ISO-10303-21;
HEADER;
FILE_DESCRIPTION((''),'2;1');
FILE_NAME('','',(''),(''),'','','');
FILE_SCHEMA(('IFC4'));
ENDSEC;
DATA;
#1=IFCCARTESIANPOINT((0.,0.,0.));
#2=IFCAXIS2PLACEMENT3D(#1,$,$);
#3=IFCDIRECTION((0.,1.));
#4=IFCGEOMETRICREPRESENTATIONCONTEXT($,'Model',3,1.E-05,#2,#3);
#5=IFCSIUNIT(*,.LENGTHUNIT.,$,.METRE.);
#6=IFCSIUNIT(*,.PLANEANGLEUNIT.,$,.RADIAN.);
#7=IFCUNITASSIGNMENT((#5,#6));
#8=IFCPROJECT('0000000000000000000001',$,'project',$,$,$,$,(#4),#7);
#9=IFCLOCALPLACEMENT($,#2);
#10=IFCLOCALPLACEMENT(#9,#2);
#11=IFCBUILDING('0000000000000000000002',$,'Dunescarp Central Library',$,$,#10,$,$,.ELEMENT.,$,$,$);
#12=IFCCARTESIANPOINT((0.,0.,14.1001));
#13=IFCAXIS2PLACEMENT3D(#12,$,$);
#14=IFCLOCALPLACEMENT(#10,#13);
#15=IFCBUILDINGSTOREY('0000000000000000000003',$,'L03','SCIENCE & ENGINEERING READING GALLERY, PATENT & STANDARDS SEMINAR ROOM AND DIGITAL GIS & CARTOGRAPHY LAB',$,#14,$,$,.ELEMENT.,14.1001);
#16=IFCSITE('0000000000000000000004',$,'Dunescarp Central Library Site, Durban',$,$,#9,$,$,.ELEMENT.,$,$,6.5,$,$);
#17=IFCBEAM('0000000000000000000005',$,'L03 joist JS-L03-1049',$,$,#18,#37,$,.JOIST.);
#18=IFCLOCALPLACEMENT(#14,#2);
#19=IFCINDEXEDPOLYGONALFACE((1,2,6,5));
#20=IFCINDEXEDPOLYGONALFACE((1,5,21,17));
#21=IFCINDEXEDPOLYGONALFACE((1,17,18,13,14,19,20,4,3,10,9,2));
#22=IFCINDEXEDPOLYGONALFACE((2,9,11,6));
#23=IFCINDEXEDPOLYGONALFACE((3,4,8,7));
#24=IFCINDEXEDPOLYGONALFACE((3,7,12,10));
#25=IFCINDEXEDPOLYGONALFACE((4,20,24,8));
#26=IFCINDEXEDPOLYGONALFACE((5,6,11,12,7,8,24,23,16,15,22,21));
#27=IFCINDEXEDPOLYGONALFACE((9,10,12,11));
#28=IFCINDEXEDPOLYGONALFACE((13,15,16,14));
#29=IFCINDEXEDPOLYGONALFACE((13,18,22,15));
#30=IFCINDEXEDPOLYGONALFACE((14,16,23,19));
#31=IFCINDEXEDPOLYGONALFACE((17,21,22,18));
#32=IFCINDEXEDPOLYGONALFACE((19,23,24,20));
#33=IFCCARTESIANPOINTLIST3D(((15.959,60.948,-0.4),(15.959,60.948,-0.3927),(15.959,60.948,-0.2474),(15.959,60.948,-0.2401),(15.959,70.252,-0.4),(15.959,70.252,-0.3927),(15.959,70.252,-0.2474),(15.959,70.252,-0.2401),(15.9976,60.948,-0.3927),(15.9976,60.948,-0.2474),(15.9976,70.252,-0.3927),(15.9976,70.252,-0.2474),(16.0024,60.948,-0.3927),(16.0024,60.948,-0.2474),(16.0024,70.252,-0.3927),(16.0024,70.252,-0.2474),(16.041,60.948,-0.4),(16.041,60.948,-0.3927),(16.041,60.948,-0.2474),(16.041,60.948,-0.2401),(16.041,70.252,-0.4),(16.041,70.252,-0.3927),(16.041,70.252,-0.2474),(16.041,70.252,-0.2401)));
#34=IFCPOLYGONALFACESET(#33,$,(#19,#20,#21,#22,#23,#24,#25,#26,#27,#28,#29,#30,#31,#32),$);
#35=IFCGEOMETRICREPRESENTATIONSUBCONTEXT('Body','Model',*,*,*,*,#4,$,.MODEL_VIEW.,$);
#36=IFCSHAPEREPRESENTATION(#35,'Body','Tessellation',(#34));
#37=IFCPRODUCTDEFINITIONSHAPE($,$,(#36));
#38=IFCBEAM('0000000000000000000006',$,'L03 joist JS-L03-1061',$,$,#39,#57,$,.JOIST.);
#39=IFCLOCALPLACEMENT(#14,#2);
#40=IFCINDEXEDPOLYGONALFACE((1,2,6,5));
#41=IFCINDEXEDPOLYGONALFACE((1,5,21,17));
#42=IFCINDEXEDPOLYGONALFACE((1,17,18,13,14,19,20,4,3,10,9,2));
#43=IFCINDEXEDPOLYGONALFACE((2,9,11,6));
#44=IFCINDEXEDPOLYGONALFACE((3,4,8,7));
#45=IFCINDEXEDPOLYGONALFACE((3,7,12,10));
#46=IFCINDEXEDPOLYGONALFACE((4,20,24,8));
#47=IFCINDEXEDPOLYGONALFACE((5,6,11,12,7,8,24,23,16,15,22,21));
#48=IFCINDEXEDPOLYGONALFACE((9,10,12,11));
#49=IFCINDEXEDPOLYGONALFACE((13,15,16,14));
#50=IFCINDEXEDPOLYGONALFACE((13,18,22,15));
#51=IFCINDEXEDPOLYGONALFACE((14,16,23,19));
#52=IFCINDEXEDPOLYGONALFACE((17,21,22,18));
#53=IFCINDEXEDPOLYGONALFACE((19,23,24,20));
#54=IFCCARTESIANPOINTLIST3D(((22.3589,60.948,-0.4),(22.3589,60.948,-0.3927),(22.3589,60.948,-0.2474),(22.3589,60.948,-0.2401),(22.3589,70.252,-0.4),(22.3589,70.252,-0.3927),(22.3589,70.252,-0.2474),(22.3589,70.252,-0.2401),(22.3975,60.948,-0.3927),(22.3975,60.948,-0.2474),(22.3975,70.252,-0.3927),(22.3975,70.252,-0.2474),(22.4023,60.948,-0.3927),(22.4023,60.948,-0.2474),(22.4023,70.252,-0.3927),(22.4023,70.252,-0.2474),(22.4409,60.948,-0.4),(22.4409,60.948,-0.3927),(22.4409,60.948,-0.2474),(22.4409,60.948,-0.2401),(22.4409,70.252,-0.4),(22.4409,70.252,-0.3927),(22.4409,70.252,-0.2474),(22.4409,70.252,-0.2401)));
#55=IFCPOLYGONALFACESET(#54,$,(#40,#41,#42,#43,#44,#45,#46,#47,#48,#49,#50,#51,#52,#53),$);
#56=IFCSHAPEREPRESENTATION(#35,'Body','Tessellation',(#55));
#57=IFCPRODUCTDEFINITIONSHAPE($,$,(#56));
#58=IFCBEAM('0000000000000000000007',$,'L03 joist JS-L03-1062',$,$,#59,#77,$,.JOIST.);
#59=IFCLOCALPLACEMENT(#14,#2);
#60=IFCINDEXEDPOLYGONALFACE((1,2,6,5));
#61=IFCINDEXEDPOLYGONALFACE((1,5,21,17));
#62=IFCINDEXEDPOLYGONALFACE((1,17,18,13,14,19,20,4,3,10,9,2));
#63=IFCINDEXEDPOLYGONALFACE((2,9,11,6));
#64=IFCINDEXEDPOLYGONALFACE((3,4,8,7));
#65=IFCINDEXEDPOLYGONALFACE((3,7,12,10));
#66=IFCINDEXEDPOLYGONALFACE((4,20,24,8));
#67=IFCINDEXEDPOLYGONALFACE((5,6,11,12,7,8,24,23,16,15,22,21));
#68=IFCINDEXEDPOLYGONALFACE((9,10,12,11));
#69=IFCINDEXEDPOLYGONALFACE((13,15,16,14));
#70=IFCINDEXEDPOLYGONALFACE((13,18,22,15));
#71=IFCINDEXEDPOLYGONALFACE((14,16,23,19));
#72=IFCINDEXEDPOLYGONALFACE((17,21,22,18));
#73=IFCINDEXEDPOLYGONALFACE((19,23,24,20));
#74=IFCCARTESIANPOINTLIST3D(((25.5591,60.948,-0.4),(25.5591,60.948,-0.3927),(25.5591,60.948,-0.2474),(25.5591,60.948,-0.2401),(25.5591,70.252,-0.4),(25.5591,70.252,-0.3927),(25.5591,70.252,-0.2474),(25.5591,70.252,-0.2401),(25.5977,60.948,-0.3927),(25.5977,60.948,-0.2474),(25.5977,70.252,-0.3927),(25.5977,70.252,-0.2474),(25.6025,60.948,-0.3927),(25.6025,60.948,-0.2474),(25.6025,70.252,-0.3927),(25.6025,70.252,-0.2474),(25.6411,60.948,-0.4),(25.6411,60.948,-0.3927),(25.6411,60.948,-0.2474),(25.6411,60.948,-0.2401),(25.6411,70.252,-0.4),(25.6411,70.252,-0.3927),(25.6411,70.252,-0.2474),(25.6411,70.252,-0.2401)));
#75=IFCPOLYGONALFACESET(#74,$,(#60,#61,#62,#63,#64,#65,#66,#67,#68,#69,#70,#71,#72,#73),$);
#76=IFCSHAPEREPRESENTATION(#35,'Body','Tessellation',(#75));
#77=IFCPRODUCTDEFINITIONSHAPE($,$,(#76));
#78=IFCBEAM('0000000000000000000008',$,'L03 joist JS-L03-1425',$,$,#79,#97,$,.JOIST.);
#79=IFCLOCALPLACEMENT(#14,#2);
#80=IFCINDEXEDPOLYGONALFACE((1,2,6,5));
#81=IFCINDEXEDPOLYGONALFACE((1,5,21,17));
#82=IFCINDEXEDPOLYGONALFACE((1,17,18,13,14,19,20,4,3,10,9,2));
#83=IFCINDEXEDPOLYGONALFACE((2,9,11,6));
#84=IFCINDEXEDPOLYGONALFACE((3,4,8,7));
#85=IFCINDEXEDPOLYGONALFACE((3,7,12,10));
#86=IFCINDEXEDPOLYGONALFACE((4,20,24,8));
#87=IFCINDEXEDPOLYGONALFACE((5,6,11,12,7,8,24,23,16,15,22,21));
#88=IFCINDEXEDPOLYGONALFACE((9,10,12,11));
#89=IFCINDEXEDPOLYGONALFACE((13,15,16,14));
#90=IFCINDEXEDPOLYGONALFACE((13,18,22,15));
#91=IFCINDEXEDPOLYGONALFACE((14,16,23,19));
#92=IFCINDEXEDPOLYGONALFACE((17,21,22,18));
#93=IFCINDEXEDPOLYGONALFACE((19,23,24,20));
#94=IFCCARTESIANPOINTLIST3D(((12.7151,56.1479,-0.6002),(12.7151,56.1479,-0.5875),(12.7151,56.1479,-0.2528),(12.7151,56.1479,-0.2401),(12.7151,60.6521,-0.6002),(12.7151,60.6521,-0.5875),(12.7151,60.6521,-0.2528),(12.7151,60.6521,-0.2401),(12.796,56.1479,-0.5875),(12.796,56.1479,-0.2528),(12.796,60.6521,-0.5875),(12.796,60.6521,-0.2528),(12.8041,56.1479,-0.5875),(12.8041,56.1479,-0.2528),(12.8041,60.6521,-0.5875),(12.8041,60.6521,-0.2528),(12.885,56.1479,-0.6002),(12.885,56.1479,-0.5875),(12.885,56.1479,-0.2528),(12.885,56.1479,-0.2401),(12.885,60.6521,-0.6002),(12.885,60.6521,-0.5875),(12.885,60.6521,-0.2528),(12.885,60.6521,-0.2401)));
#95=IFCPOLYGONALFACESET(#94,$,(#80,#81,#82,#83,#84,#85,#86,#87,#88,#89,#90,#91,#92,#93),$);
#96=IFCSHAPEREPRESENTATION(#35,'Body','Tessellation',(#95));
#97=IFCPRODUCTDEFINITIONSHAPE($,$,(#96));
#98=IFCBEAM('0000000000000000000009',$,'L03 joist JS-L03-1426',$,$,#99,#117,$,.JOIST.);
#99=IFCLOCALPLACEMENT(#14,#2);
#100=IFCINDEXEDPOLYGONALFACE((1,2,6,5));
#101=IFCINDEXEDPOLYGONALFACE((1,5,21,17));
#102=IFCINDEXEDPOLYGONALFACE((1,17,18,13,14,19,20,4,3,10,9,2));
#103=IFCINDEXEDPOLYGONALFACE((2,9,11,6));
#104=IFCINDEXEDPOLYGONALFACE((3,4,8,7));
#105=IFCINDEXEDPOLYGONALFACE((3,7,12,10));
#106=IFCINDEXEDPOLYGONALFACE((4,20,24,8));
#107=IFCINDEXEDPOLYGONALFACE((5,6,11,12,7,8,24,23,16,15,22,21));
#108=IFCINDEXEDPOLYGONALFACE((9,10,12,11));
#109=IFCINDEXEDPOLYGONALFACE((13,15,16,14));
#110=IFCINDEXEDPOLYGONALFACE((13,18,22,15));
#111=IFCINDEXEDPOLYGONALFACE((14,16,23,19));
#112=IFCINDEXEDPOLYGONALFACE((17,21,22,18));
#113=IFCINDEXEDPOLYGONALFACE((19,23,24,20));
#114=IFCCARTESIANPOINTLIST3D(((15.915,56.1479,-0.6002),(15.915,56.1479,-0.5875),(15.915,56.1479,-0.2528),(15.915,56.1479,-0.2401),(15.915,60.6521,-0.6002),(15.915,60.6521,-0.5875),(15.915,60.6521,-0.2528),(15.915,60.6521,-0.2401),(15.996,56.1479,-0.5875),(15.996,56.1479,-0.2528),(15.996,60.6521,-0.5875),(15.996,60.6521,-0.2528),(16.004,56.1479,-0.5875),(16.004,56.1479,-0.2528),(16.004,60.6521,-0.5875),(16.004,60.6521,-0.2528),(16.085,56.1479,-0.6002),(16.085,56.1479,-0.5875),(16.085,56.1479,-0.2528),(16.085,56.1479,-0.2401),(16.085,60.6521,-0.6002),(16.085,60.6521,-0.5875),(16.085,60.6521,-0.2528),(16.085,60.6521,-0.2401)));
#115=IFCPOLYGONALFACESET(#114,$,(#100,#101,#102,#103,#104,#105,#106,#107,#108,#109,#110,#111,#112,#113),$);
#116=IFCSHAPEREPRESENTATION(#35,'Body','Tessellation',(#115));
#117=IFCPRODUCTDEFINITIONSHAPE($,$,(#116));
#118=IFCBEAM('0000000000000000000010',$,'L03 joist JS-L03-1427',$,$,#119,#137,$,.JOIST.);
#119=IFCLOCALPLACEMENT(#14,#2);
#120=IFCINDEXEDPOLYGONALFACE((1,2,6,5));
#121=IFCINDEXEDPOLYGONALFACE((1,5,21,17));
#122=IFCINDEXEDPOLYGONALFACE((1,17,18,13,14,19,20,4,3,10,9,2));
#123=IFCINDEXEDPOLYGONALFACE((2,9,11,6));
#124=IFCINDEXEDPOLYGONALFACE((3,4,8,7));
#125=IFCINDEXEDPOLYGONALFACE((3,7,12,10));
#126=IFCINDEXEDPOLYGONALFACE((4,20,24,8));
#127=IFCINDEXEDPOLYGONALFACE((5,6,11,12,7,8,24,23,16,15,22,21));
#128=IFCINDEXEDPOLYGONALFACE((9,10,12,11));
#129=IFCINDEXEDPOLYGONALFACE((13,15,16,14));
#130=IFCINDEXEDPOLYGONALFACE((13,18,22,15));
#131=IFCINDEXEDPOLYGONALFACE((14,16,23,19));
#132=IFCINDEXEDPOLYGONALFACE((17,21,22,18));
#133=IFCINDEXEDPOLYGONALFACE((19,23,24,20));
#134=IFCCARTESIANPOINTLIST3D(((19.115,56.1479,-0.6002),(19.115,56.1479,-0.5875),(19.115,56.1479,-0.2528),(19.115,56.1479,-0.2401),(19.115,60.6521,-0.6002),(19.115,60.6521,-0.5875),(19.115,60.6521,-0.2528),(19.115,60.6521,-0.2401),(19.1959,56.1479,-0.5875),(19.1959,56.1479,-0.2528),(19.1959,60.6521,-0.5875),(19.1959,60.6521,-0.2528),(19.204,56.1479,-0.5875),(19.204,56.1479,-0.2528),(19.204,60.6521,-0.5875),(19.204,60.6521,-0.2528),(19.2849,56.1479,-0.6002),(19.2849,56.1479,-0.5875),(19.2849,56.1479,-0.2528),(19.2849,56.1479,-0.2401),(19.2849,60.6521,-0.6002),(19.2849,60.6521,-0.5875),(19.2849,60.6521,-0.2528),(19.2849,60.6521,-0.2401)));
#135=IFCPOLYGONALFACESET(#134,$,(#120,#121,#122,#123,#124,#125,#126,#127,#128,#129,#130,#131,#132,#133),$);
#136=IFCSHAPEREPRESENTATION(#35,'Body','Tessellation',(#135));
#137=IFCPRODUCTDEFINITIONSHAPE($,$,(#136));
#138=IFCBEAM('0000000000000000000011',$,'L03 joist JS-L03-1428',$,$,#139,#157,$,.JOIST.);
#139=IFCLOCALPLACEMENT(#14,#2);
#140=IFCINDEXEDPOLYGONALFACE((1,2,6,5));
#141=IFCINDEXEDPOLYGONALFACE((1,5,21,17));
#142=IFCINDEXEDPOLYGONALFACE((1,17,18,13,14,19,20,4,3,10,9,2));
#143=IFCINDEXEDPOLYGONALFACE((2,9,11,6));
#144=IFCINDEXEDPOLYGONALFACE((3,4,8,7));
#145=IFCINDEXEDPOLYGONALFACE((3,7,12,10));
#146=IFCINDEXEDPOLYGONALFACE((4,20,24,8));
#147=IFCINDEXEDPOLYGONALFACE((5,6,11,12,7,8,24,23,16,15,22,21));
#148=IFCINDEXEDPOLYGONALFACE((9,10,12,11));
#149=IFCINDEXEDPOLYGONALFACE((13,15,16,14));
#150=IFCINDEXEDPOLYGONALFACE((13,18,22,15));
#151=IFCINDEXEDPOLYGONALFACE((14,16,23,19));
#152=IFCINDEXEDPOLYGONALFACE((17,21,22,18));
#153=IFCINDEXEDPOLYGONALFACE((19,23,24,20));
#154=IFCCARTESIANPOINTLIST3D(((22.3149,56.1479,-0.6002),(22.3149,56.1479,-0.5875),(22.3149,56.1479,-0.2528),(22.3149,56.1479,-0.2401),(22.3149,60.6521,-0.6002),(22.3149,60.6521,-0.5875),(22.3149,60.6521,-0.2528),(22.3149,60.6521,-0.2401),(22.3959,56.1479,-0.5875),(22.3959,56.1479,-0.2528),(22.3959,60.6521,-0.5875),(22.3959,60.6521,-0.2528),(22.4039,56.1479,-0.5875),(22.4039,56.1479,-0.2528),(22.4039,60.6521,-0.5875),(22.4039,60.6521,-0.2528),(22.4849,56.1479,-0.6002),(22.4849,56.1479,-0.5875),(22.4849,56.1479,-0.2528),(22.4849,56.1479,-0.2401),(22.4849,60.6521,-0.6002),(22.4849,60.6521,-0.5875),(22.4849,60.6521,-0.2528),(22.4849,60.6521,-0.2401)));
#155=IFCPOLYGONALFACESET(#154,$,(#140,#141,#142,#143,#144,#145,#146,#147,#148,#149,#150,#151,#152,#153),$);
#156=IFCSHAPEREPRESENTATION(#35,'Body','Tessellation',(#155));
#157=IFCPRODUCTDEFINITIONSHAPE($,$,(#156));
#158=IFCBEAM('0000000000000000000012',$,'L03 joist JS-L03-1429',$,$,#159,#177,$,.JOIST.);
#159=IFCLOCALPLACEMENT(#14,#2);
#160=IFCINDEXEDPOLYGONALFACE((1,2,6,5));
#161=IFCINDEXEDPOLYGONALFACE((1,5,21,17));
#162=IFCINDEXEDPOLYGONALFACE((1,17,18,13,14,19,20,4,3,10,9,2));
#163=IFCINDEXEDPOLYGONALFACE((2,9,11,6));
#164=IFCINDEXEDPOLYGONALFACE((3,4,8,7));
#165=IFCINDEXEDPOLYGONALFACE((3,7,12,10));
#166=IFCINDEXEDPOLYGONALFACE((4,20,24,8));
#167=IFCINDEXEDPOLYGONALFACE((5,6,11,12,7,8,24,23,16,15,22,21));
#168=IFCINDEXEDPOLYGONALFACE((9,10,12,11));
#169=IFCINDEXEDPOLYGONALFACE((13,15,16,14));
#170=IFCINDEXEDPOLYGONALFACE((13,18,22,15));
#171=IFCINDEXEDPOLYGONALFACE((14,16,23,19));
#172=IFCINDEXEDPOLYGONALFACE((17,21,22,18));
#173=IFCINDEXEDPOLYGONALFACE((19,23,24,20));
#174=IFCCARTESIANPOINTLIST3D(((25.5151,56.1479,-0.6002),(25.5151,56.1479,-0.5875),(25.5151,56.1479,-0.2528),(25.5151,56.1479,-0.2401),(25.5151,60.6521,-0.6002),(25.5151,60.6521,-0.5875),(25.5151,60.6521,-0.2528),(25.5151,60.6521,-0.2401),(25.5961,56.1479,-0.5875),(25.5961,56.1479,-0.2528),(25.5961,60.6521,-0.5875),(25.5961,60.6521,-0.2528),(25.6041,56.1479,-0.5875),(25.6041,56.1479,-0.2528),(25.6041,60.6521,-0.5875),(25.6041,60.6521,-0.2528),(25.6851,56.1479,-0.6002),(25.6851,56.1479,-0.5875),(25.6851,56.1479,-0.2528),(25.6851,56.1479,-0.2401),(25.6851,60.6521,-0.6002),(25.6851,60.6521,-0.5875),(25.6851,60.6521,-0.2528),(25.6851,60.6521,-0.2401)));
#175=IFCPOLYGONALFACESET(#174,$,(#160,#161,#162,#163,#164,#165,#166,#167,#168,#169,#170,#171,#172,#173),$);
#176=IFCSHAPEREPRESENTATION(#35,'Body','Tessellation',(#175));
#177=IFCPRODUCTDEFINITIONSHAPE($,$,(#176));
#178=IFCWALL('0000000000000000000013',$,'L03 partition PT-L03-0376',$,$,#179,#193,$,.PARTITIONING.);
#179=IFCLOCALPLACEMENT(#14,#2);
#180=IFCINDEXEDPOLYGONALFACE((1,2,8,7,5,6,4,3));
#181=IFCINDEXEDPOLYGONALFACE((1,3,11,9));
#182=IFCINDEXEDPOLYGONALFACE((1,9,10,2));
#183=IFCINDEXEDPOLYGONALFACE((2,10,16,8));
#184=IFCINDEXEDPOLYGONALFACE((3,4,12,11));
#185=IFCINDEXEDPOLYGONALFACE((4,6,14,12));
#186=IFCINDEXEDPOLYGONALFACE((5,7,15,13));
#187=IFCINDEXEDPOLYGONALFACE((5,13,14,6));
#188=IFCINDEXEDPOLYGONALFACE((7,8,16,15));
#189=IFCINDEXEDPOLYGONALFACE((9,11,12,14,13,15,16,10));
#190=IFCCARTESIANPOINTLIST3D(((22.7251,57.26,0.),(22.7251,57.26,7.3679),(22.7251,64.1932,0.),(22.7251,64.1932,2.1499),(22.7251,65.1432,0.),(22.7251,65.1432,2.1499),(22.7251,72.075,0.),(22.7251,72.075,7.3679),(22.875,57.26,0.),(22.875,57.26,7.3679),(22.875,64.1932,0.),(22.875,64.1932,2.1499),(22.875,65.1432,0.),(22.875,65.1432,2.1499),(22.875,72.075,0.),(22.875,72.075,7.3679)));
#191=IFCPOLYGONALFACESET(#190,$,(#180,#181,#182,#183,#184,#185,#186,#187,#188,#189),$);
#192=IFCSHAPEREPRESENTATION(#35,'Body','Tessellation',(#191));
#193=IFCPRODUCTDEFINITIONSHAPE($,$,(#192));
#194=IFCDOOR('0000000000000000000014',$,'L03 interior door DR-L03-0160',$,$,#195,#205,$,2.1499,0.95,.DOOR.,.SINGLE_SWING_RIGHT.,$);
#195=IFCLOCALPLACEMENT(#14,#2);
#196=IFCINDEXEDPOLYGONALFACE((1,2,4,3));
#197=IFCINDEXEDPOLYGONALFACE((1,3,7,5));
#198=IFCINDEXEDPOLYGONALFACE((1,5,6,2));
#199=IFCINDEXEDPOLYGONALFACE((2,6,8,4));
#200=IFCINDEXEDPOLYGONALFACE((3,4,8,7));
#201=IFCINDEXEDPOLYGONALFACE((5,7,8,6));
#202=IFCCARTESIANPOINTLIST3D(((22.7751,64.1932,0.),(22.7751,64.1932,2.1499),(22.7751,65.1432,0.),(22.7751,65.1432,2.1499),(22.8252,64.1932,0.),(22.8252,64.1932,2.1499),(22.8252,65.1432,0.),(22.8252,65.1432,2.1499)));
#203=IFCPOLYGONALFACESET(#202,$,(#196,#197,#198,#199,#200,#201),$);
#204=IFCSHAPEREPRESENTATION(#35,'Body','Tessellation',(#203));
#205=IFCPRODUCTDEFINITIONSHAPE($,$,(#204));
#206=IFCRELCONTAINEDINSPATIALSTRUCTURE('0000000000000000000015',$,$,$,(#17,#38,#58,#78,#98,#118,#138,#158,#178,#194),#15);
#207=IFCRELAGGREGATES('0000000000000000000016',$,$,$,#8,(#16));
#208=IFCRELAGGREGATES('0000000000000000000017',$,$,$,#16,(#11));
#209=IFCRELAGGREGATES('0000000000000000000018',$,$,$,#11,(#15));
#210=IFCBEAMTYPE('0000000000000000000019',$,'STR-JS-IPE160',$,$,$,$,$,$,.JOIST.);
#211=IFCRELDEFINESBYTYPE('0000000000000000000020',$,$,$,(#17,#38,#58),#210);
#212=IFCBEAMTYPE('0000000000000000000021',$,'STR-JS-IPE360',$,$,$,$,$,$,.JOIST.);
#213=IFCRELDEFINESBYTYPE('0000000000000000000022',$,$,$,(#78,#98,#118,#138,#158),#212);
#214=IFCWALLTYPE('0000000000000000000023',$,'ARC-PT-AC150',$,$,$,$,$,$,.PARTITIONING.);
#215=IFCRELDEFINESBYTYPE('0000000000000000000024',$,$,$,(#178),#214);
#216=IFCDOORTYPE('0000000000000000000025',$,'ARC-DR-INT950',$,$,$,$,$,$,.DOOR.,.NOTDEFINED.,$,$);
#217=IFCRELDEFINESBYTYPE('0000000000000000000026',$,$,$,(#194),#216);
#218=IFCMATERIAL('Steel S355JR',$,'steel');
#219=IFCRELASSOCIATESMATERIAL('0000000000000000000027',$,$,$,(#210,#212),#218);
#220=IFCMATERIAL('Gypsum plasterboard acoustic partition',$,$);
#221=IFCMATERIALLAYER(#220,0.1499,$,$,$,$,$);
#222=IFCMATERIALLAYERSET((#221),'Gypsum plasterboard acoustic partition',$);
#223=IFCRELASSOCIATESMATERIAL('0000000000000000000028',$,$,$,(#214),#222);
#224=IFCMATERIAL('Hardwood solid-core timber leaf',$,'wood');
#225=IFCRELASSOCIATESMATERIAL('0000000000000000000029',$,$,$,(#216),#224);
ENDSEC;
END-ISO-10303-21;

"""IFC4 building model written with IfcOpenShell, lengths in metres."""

from ifc_helpers import new_model, si_unit, direction, frame, frame_2d, origin, origin_2d, place, context, subcontext, project, spatial, rectangle, i_section, extrude, material, layer, layer_set, material_profile, profile_set, type_object, element, fill, save


model = new_model("IFC4")

# Units and contexts
model_context = context("Model", 3, precision=1e-05, world=origin(), true_north=direction((0.0, 1.0)))
body_context = subcontext(model_context, "Body", "Model", "MODEL_VIEW")
ifc_project = project(units=[si_unit("LENGTHUNIT", "METRE"), si_unit("PLANEANGLEUNIT", "RADIAN")], contexts=[model_context])

# Site, building, storey
site_placement = place(None, origin())
site = spatial("IfcSite", under=ifc_project, at=site_placement, Name="Dunescarp Central Library Site, Durban", CompositionType="ELEMENT", RefElevation=6.5)
building_placement = place(site_placement, origin())
building = spatial("IfcBuilding", under=site, at=building_placement, Name="Dunescarp Central Library", CompositionType="ELEMENT")
storey_placement = place(building_placement, frame((0.0, 0.0, 14.1001)))
storey = spatial("IfcBuildingStorey", under=building, at=storey_placement, Name="L03", Description="SCIENCE & ENGINEERING READING GALLERY, PATENT & STANDARDS SEMINAR ROOM AND DIGITAL GIS & CARTOGRAPHY LAB", CompositionType="ELEMENT", Elevation=14.1001)

# Shared definitions
ifc_material_1 = material(Name="Steel S355JR", Category="steel")

# Beams
ifc_material_profile_1 = material_profile(ifc_material_1, i_section(OverallWidth=0.082, OverallDepth=0.1599, WebThickness=0.0049, FlangeThickness=0.0073, at=origin_2d()), Name="IPE 160")
ifc_profile_set_1 = profile_set([ifc_material_profile_1], Name="Steel S355JR")
beam_type_1 = type_object("IfcBeamType", Name="STR-JS-IPE160", PredefinedType="JOIST", material=ifc_profile_set_1)
for number, where, z_axis, x_axis, name in (
    (1, (16.0, 60.948, -0.3201), (0.0, 1.0, 0.0), (-1.0, 0.0, 0.0), "L03 joist JS-L03-1049"),
    (2, (22.3999, 60.948, -0.3201), (0.0, 1.0, 0.0), (-1.0, 0.0, 0.0), "L03 joist JS-L03-1061"),
    (3, (25.6001, 60.948, -0.3201), (0.0, 1.0, 0.0), (-1.0, 0.0, 0.0), "L03 joist JS-L03-1062"),
):
    element("IfcBeam", number, at=place(storey_placement, frame(where, z_axis=z_axis, x_axis=x_axis)), inside=storey, type_object=beam_type_1, Name=name, PredefinedType="JOIST", context=body_context, shape_type="SweptSolid", body=[
        extrude(i_section(OverallWidth=0.082, OverallDepth=0.1599, WebThickness=0.0049, FlangeThickness=0.0073, at=origin_2d()), origin(), (0.0, 0.0, 1.0), 9.304),
    ])
ifc_material_profile_2 = material_profile(ifc_material_1, i_section(OverallWidth=0.1699, OverallDepth=0.3601, WebThickness=0.0081, FlangeThickness=0.0127, at=origin_2d()), Name="IPE 360")
ifc_profile_set_2 = profile_set([ifc_material_profile_2], Name="Steel S355JR")
beam_type_2 = type_object("IfcBeamType", Name="STR-JS-IPE360", PredefinedType="JOIST", material=ifc_profile_set_2)
for number, where, z_axis, x_axis, name in (
    (4, (12.8, 56.1479, -0.4202), (0.0, 1.0, 0.0), (-1.0, 0.0, 0.0), "L03 joist JS-L03-1425"),
    (5, (16.0, 56.1479, -0.4202), (0.0, 1.0, 0.0), (-1.0, 0.0, 0.0), "L03 joist JS-L03-1426"),
    (6, (19.2, 56.1479, -0.4202), (0.0, 1.0, 0.0), (-1.0, 0.0, 0.0), "L03 joist JS-L03-1427"),
    (7, (22.3999, 56.1479, -0.4202), (0.0, 1.0, 0.0), (-1.0, 0.0, 0.0), "L03 joist JS-L03-1428"),
    (8, (25.6001, 56.1479, -0.4202), (0.0, 1.0, 0.0), (-1.0, 0.0, 0.0), "L03 joist JS-L03-1429"),
):
    element("IfcBeam", number, at=place(storey_placement, frame(where, z_axis=z_axis, x_axis=x_axis)), inside=storey, type_object=beam_type_2, Name=name, PredefinedType="JOIST", context=body_context, shape_type="SweptSolid", body=[
        extrude(i_section(OverallWidth=0.1699, OverallDepth=0.3601, WebThickness=0.0081, FlangeThickness=0.0127, at=origin_2d()), origin(), (0.0, 0.0, 1.0), 4.5042),
    ])

# Wall, opening, door
ifc_material_2 = material(Name="Gypsum plasterboard acoustic partition")
ifc_layer_1 = layer(ifc_material_2, 0.1499)
ifc_layer_set_1 = layer_set([ifc_layer_1], Name="Gypsum plasterboard acoustic partition")
wall_type_1 = type_object("IfcWallType", Name="ARC-PT-AC150", PredefinedType="PARTITIONING", material=ifc_layer_set_1)
wall_1_placement = place(storey_placement, frame((22.8, 57.26, 0.0), z_axis=(0.0, 0.0, 1.0), x_axis=(0.0, 1.0, 0.0)))
wall_1 = element("IfcWall", 9, at=wall_1_placement, inside=storey, type_object=wall_type_1, Name="L03 partition PT-L03-0376", PredefinedType="PARTITIONING", context=body_context, shape_type="SweptSolid", body=[
    extrude(rectangle(XDim=14.8149, YDim=0.1499, at=frame_2d((7.4075, 0.0))), origin(), (0.0, 0.0, 1.0), 7.3679),
])
opening_1_placement = place(wall_1_placement, frame((6.9331, 0.0, 0.0)))
opening_1 = element("IfcOpeningElement", 10, at=opening_1_placement, cuts=wall_1, PredefinedType="OPENING", context=body_context, shape_type="SweptSolid", body=[
    extrude(rectangle(XDim=0.95, YDim=2.1499, at=frame_2d((0.4751, 1.075))), frame((0.0, 0.085, 0.0), z_axis=(0.0, -1.0, 0.0), x_axis=(1.0, 0.0, 0.0)), (0.0, 0.0, 1.0), 0.1699),
])
ifc_material_3 = material(Name="Hardwood solid-core timber leaf", Category="wood")
door_type = type_object("IfcDoorType", Name="ARC-DR-INT950", OperationType="NOTDEFINED", PredefinedType="DOOR", material=ifc_material_3)
door_placement = place(opening_1_placement, origin())
door = element("IfcDoor", 11, at=door_placement, inside=storey, type_object=door_type, Name="L03 interior door DR-L03-0160", OperationType="SINGLE_SWING_RIGHT", OverallHeight=2.1499, OverallWidth=0.95, PredefinedType="DOOR", context=body_context, shape_type="SweptSolid", body=[
    extrude(rectangle(XDim=0.95, YDim=2.1499, at=frame_2d((0.4751, 1.075))), frame((0.0, 0.0249, 0.0), z_axis=(0.0, -1.0, 0.0), x_axis=(1.0, 0.0, 0.0)), (0.0, 0.0, 1.0), 0.05),
])
fill(opening_1, door)

save(model, "model.ifc")
